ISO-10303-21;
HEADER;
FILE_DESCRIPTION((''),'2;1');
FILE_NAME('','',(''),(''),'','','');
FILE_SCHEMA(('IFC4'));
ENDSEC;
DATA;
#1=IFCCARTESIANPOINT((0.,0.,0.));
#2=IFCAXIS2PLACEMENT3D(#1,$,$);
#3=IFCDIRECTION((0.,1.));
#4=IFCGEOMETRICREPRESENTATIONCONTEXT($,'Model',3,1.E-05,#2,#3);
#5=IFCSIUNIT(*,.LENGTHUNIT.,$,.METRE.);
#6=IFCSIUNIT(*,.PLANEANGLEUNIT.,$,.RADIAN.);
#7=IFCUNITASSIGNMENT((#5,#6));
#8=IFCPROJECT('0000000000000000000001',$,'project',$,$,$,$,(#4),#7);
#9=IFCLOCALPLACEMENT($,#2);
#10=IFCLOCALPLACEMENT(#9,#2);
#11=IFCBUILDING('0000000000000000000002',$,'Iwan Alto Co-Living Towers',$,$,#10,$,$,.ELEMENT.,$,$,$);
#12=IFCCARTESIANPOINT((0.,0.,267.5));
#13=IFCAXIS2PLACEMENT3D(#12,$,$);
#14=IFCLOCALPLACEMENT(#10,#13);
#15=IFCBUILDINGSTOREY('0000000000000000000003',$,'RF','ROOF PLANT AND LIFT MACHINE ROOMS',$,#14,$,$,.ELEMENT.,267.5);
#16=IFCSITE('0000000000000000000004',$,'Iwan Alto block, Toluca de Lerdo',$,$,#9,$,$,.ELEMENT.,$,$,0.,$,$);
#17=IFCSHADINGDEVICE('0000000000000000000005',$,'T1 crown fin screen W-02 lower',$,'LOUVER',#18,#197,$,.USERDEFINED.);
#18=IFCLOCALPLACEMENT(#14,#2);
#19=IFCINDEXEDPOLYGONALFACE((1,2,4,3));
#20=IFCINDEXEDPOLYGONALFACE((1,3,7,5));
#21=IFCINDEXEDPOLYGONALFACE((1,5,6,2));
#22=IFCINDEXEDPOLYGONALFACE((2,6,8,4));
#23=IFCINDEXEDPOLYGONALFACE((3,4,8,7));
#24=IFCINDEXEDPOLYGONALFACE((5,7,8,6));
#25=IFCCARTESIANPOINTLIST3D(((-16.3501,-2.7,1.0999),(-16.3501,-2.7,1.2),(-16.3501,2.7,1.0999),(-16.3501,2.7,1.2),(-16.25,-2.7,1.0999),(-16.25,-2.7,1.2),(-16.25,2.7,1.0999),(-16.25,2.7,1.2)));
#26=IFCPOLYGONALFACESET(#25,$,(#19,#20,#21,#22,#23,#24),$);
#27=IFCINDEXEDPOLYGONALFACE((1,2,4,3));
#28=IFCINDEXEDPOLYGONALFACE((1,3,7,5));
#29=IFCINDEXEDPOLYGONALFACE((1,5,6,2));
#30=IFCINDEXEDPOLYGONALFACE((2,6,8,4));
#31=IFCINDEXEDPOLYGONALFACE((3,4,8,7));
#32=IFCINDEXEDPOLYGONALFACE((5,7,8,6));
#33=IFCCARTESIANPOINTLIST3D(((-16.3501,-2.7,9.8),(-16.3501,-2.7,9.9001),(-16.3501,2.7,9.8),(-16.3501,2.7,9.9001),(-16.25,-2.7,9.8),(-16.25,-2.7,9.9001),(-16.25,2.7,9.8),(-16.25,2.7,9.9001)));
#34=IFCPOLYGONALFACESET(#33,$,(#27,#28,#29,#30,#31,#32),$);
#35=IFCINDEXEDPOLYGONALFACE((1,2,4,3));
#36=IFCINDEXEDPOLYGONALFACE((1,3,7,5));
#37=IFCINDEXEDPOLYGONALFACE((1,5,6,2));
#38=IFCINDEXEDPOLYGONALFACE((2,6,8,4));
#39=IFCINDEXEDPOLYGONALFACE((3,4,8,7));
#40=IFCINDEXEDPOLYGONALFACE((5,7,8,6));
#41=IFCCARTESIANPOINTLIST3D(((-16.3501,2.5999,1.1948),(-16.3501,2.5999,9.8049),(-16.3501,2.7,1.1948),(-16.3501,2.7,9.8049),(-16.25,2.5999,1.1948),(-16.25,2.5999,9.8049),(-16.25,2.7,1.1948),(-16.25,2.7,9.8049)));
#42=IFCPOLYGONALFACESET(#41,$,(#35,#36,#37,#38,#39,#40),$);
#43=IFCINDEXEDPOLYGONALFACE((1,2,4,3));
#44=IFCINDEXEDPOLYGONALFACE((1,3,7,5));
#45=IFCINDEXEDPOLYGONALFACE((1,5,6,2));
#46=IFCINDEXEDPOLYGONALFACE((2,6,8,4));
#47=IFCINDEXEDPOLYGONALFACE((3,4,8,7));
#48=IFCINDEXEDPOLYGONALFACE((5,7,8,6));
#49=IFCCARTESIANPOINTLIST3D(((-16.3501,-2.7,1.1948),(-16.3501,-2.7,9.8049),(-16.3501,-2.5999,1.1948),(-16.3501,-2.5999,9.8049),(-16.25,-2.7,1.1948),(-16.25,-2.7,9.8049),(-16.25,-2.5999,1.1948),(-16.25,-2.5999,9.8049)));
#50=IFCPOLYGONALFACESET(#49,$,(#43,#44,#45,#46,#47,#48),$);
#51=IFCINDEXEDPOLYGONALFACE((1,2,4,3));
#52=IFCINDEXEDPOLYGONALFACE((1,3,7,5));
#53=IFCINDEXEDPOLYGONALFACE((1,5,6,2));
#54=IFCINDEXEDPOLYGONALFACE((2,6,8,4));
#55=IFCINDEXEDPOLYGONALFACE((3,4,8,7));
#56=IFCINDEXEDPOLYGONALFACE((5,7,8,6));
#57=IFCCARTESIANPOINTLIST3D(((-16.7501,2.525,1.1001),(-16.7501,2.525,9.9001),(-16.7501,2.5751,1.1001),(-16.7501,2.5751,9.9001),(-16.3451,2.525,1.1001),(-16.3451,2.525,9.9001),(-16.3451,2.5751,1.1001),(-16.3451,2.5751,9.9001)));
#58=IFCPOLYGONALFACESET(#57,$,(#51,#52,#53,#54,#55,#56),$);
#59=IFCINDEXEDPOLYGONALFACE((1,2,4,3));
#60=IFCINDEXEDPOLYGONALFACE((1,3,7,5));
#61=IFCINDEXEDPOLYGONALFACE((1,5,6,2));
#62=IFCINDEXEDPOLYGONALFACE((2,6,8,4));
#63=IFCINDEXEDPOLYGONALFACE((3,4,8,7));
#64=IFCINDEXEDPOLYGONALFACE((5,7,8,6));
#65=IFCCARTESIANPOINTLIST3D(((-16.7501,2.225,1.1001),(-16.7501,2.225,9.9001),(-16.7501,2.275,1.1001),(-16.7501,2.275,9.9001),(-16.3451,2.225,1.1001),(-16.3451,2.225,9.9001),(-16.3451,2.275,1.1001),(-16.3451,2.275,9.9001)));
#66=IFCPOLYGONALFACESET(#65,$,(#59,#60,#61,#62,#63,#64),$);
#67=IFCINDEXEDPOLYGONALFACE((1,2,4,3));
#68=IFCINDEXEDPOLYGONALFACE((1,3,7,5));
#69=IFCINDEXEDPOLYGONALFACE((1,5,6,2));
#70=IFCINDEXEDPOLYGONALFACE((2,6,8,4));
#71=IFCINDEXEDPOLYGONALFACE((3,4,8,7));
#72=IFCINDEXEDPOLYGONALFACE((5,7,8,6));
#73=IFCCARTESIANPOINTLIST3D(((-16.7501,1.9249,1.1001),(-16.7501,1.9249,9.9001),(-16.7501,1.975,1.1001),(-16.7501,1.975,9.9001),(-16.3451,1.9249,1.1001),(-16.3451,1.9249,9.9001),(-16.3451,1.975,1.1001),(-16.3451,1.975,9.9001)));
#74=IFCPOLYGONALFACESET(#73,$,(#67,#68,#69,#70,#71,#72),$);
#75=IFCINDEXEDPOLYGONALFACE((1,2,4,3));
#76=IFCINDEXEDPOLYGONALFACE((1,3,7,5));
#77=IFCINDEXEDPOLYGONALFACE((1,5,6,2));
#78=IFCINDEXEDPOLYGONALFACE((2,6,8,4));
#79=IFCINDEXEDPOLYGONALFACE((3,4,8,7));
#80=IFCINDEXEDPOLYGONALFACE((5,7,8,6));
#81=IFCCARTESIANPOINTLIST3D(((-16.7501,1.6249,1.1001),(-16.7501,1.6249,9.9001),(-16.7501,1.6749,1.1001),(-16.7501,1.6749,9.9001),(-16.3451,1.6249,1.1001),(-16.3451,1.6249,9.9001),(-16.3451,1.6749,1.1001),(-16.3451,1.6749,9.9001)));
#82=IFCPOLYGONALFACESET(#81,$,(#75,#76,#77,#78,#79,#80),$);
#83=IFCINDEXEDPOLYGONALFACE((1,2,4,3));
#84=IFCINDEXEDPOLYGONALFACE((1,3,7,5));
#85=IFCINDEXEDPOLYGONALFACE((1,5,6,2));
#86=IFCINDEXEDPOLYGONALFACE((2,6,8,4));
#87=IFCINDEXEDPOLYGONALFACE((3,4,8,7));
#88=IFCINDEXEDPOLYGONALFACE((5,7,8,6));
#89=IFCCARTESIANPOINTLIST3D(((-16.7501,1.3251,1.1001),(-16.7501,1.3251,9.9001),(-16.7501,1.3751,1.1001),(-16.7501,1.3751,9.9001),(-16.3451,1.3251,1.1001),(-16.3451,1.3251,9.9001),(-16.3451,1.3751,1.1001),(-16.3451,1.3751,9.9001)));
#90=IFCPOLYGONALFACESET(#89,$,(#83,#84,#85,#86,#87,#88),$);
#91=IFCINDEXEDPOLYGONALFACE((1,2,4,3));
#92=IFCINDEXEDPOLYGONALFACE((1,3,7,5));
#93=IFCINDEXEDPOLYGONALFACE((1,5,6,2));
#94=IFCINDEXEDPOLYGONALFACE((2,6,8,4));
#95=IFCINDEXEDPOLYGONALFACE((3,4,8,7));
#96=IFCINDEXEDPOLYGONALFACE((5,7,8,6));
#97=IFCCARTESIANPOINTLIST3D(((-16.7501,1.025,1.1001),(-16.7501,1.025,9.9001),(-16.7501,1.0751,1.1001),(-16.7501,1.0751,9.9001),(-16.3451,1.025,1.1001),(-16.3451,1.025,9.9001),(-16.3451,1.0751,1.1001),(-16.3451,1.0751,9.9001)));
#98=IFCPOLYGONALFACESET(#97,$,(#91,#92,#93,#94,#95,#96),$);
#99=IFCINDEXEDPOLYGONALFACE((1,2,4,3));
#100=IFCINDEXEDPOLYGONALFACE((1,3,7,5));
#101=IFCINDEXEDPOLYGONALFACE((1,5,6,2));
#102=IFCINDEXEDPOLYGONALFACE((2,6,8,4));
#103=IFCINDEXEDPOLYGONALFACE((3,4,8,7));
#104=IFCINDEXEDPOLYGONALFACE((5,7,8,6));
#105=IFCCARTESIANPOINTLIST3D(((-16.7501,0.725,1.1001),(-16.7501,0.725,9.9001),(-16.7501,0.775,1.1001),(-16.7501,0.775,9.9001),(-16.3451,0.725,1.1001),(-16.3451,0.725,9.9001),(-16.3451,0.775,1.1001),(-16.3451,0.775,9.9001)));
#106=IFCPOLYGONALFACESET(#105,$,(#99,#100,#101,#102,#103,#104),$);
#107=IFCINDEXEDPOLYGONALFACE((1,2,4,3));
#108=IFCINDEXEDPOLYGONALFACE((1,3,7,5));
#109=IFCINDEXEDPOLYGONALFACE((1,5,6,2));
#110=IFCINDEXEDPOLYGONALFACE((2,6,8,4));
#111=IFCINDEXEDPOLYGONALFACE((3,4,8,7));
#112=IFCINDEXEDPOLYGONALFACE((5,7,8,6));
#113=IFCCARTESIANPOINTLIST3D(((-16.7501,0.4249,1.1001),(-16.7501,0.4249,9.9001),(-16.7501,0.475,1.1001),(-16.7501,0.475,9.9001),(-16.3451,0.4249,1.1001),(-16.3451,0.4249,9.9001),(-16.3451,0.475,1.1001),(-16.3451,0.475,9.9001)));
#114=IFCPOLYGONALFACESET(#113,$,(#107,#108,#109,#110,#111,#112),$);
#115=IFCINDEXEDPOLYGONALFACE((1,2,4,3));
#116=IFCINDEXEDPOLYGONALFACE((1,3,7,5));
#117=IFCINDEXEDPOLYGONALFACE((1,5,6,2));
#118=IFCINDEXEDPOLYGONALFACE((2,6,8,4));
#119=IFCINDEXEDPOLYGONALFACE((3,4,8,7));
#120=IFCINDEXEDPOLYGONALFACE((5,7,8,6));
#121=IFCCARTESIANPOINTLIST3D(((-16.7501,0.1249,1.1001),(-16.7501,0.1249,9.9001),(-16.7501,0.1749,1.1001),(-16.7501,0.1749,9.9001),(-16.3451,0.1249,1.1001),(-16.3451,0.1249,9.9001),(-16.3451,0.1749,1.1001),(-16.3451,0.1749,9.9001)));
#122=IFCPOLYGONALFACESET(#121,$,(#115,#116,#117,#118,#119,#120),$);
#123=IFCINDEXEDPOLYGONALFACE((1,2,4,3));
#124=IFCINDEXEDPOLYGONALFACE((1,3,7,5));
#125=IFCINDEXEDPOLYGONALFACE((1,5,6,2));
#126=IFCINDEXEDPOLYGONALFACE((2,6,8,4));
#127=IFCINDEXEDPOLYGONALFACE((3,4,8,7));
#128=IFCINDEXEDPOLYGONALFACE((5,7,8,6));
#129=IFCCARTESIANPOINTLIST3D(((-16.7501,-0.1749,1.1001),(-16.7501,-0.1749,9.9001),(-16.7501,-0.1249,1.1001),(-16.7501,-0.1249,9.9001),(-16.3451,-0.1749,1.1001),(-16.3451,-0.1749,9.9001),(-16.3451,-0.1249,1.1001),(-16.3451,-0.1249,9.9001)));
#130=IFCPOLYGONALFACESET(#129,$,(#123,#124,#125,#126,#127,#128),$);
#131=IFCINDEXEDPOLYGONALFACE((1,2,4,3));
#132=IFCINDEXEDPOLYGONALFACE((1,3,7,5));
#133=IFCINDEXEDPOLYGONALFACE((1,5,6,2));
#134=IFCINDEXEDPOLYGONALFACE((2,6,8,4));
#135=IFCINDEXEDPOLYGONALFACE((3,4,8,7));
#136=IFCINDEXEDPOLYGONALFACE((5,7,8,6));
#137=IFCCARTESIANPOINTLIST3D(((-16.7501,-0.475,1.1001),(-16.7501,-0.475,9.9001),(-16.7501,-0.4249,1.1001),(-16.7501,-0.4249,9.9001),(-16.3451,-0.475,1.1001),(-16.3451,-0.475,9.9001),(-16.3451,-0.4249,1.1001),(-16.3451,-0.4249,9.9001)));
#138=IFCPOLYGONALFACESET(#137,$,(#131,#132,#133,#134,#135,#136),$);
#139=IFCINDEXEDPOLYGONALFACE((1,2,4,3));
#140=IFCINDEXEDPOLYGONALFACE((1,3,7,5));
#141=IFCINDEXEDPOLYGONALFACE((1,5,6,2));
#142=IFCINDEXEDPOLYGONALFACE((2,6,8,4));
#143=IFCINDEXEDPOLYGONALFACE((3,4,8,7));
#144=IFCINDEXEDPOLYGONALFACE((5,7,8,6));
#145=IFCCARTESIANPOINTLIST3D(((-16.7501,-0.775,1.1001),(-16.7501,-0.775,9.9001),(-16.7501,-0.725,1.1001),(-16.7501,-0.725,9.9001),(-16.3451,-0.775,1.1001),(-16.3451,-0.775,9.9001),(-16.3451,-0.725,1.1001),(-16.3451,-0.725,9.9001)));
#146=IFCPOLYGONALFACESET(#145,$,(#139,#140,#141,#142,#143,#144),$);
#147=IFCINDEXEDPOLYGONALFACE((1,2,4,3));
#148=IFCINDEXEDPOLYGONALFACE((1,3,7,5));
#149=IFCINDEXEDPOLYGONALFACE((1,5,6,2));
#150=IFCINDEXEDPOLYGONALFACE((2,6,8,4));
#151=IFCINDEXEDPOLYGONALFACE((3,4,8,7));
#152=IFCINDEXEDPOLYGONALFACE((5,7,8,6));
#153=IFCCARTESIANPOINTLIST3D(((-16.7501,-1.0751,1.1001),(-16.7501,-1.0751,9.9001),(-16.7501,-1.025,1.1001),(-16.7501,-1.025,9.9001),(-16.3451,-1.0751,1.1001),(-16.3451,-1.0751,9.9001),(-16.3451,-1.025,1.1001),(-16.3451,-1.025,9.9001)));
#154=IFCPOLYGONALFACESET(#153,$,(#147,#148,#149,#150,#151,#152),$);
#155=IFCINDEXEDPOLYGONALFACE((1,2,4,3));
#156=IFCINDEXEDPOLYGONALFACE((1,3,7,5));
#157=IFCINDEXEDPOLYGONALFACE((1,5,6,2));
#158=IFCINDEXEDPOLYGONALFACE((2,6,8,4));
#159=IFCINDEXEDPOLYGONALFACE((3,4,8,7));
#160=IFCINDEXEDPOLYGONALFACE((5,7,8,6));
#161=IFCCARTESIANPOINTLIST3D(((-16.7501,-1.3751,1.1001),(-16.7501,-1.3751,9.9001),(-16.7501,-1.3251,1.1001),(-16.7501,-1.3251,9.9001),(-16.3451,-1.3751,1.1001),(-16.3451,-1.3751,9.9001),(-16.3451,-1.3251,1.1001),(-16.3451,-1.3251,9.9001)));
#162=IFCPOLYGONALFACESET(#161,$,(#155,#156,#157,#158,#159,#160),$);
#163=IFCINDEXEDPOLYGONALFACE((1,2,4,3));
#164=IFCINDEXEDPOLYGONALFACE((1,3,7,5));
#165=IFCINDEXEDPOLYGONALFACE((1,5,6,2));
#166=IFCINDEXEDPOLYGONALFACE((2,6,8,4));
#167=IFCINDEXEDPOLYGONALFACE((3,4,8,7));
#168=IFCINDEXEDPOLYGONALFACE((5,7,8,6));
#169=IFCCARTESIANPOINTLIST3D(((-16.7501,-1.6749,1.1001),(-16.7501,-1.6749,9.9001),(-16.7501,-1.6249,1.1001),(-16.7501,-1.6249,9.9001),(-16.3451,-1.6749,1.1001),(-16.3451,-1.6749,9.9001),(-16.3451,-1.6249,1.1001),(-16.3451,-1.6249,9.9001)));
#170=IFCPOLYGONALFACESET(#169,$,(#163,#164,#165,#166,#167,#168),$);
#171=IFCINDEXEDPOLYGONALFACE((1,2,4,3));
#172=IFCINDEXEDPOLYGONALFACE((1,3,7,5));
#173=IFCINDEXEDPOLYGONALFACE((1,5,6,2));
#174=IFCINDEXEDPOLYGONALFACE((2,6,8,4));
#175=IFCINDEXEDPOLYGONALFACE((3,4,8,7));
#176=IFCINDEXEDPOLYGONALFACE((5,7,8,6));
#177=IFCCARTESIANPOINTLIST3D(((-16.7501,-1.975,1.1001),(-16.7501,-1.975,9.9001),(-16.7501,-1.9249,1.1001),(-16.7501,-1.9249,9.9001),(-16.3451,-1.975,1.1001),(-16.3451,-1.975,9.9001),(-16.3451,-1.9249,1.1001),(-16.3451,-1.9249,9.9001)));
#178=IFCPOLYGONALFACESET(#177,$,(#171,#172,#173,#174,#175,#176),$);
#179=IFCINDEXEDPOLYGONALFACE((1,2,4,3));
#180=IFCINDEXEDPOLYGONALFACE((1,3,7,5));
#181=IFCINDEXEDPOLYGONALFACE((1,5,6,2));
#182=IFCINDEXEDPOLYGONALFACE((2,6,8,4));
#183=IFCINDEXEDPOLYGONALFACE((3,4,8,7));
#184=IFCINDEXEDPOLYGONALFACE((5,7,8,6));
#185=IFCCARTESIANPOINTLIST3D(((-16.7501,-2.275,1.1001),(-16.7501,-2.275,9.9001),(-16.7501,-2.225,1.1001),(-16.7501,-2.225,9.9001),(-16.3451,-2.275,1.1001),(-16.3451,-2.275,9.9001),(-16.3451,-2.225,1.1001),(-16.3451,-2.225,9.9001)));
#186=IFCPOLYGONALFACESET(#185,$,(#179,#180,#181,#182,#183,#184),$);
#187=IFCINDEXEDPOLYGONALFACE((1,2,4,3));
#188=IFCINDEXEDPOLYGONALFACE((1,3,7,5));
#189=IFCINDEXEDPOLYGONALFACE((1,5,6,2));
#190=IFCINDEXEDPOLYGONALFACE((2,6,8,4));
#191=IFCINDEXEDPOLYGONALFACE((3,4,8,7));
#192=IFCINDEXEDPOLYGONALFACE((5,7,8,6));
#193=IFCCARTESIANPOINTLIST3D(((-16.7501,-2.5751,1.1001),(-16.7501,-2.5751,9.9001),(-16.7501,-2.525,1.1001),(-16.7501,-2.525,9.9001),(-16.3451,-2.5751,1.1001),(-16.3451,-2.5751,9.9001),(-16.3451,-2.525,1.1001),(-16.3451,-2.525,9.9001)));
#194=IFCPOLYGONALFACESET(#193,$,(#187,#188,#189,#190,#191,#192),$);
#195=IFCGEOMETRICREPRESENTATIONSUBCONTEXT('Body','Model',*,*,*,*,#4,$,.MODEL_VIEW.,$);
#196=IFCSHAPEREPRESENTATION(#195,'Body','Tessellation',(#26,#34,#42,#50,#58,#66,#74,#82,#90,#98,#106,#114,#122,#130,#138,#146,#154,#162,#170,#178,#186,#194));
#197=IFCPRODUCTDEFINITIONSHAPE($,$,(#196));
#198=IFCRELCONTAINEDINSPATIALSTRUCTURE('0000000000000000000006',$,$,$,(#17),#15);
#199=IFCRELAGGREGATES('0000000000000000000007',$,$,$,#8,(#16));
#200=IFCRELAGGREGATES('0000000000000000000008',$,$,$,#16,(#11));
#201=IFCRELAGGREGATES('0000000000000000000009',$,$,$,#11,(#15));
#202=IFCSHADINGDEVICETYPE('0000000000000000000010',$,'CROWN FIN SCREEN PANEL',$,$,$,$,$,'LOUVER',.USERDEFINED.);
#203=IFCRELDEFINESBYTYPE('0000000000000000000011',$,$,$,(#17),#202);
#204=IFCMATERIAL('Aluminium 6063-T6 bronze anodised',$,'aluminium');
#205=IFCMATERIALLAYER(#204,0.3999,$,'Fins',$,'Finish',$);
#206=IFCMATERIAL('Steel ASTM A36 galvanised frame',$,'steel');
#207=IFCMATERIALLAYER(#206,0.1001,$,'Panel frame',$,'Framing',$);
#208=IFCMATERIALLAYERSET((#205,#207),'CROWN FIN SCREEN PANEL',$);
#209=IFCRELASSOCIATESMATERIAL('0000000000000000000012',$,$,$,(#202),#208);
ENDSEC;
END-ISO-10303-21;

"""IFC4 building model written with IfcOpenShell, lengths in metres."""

from ifc_helpers import new_model, si_unit, direction, frame, origin, origin_2d, place, context, subcontext, project, spatial, rectangle, extrude, material, layer, layer_set, type_object, element, save


model = new_model("IFC4")

# Units and contexts
model_context = context("Model", 3, precision=1e-05, world=origin(), true_north=direction((0.0, 1.0)))
body_context = subcontext(model_context, "Body", "Model", "MODEL_VIEW")
ifc_project = project(units=[si_unit("LENGTHUNIT", "METRE"), si_unit("PLANEANGLEUNIT", "RADIAN")], contexts=[model_context])

# Site, building, storey
site_placement = place(None, origin())
site = spatial("IfcSite", under=ifc_project, at=site_placement, Name="Iwan Alto block, Toluca de Lerdo", CompositionType="ELEMENT", RefElevation=0.0)
building_placement = place(site_placement, origin())
building = spatial("IfcBuilding", under=site, at=building_placement, Name="Iwan Alto Co-Living Towers", CompositionType="ELEMENT")
storey_placement = place(building_placement, frame((0.0, 0.0, 267.5)))
storey = spatial("IfcBuildingStorey", under=building, at=storey_placement, Name="RF", Description="ROOF PLANT AND LIFT MACHINE ROOMS", CompositionType="ELEMENT", Elevation=267.5)

# Shading device
ifc_material_1 = material(Name="Aluminium 6063-T6 bronze anodised", Category="aluminium")
ifc_layer_1 = layer(ifc_material_1, 0.3999, Name="Fins", Category="Finish")
ifc_material_2 = material(Name="Steel ASTM A36 galvanised frame", Category="steel")
ifc_layer_2 = layer(ifc_material_2, 0.1001, Name="Panel frame", Category="Framing")
ifc_layer_set = layer_set([ifc_layer_1, ifc_layer_2], Name="CROWN FIN SCREEN PANEL")
shading_device_type = type_object("IfcShadingDeviceType", Name="CROWN FIN SCREEN PANEL", ElementType="LOUVER", PredefinedType="USERDEFINED", material=ifc_layer_set)
shading_device_1_placement = place(storey_placement, frame((0.0, 0.0, -267.5)))
element("IfcShadingDevice", 1, at=shading_device_1_placement, inside=storey, type_object=shading_device_type, Name="T1 crown fin screen W-02 lower", ObjectType="LOUVER", PredefinedType="USERDEFINED", context=body_context, shape_type="SweptSolid", body=[
    extrude(rectangle(XDim=5.3999, YDim=0.1001, at=origin_2d()), frame((-16.3, 0.0, 268.5999), z_axis=(0.0, 0.0, 1.0), x_axis=(0.0, -1.0, 0.0)), (0.0, 0.0, 1.0), 0.1001),
    extrude(rectangle(XDim=5.3999, YDim=0.1001, at=origin_2d()), frame((-16.3, 0.0, 277.3), z_axis=(0.0, 0.0, 1.0), x_axis=(0.0, -1.0, 0.0)), (0.0, 0.0, 1.0), 0.1001),
    extrude(rectangle(XDim=0.1001, YDim=0.1001, at=origin_2d()), frame((-16.3, 2.6499, 268.6948), z_axis=(0.0, 0.0, 1.0), x_axis=(0.0, -1.0, 0.0)), (0.0, 0.0, 1.0), 8.6101),
    extrude(rectangle(XDim=0.1001, YDim=0.1001, at=origin_2d()), frame((-16.3, -2.6499, 268.6948), z_axis=(0.0, 0.0, 1.0), x_axis=(0.0, -1.0, 0.0)), (0.0, 0.0, 1.0), 8.6101),
    extrude(rectangle(XDim=0.05, YDim=0.405, at=origin_2d()), frame((-16.5476, 2.55, 268.6001), z_axis=(0.0, 0.0, 1.0), x_axis=(0.0, -1.0, 0.0)), (0.0, 0.0, 1.0), 8.8),
    extrude(rectangle(XDim=0.05, YDim=0.405, at=origin_2d()), frame((-16.5476, 2.25, 268.6001), z_axis=(0.0, 0.0, 1.0), x_axis=(0.0, -1.0, 0.0)), (0.0, 0.0, 1.0), 8.8),
    extrude(rectangle(XDim=0.05, YDim=0.405, at=origin_2d()), frame((-16.5476, 1.95, 268.6001), z_axis=(0.0, 0.0, 1.0), x_axis=(0.0, -1.0, 0.0)), (0.0, 0.0, 1.0), 8.8),
    extrude(rectangle(XDim=0.05, YDim=0.405, at=origin_2d()), frame((-16.5476, 1.6499, 268.6001), z_axis=(0.0, 0.0, 1.0), x_axis=(0.0, -1.0, 0.0)), (0.0, 0.0, 1.0), 8.8),
    extrude(rectangle(XDim=0.05, YDim=0.405, at=origin_2d()), frame((-16.5476, 1.3501, 268.6001), z_axis=(0.0, 0.0, 1.0), x_axis=(0.0, -1.0, 0.0)), (0.0, 0.0, 1.0), 8.8),
    extrude(rectangle(XDim=0.05, YDim=0.405, at=origin_2d()), frame((-16.5476, 1.05, 268.6001), z_axis=(0.0, 0.0, 1.0), x_axis=(0.0, -1.0, 0.0)), (0.0, 0.0, 1.0), 8.8),
    extrude(rectangle(XDim=0.05, YDim=0.405, at=origin_2d()), frame((-16.5476, 0.75, 268.6001), z_axis=(0.0, 0.0, 1.0), x_axis=(0.0, -1.0, 0.0)), (0.0, 0.0, 1.0), 8.8),
    extrude(rectangle(XDim=0.05, YDim=0.405, at=origin_2d()), frame((-16.5476, 0.45, 268.6001), z_axis=(0.0, 0.0, 1.0), x_axis=(0.0, -1.0, 0.0)), (0.0, 0.0, 1.0), 8.8),
    extrude(rectangle(XDim=0.05, YDim=0.405, at=origin_2d()), frame((-16.5476, 0.1499, 268.6001), z_axis=(0.0, 0.0, 1.0), x_axis=(0.0, -1.0, 0.0)), (0.0, 0.0, 1.0), 8.8),
    extrude(rectangle(XDim=0.05, YDim=0.405, at=origin_2d()), frame((-16.5476, -0.1499, 268.6001), z_axis=(0.0, 0.0, 1.0), x_axis=(0.0, -1.0, 0.0)), (0.0, 0.0, 1.0), 8.8),
    extrude(rectangle(XDim=0.05, YDim=0.405, at=origin_2d()), frame((-16.5476, -0.45, 268.6001), z_axis=(0.0, 0.0, 1.0), x_axis=(0.0, -1.0, 0.0)), (0.0, 0.0, 1.0), 8.8),
    extrude(rectangle(XDim=0.05, YDim=0.405, at=origin_2d()), frame((-16.5476, -0.75, 268.6001), z_axis=(0.0, 0.0, 1.0), x_axis=(0.0, -1.0, 0.0)), (0.0, 0.0, 1.0), 8.8),
    extrude(rectangle(XDim=0.05, YDim=0.405, at=origin_2d()), frame((-16.5476, -1.05, 268.6001), z_axis=(0.0, 0.0, 1.0), x_axis=(0.0, -1.0, 0.0)), (0.0, 0.0, 1.0), 8.8),
    extrude(rectangle(XDim=0.05, YDim=0.405, at=origin_2d()), frame((-16.5476, -1.3501, 268.6001), z_axis=(0.0, 0.0, 1.0), x_axis=(0.0, -1.0, 0.0)), (0.0, 0.0, 1.0), 8.8),
    extrude(rectangle(XDim=0.05, YDim=0.405, at=origin_2d()), frame((-16.5476, -1.6499, 268.6001), z_axis=(0.0, 0.0, 1.0), x_axis=(0.0, -1.0, 0.0)), (0.0, 0.0, 1.0), 8.8),
    extrude(rectangle(XDim=0.05, YDim=0.405, at=origin_2d()), frame((-16.5476, -1.95, 268.6001), z_axis=(0.0, 0.0, 1.0), x_axis=(0.0, -1.0, 0.0)), (0.0, 0.0, 1.0), 8.8),
    extrude(rectangle(XDim=0.05, YDim=0.405, at=origin_2d()), frame((-16.5476, -2.25, 268.6001), z_axis=(0.0, 0.0, 1.0), x_axis=(0.0, -1.0, 0.0)), (0.0, 0.0, 1.0), 8.8),
    extrude(rectangle(XDim=0.05, YDim=0.405, at=origin_2d()), frame((-16.5476, -2.55, 268.6001), z_axis=(0.0, 0.0, 1.0), x_axis=(0.0, -1.0, 0.0)), (0.0, 0.0, 1.0), 8.8),
])

save(model, "model.ifc")
